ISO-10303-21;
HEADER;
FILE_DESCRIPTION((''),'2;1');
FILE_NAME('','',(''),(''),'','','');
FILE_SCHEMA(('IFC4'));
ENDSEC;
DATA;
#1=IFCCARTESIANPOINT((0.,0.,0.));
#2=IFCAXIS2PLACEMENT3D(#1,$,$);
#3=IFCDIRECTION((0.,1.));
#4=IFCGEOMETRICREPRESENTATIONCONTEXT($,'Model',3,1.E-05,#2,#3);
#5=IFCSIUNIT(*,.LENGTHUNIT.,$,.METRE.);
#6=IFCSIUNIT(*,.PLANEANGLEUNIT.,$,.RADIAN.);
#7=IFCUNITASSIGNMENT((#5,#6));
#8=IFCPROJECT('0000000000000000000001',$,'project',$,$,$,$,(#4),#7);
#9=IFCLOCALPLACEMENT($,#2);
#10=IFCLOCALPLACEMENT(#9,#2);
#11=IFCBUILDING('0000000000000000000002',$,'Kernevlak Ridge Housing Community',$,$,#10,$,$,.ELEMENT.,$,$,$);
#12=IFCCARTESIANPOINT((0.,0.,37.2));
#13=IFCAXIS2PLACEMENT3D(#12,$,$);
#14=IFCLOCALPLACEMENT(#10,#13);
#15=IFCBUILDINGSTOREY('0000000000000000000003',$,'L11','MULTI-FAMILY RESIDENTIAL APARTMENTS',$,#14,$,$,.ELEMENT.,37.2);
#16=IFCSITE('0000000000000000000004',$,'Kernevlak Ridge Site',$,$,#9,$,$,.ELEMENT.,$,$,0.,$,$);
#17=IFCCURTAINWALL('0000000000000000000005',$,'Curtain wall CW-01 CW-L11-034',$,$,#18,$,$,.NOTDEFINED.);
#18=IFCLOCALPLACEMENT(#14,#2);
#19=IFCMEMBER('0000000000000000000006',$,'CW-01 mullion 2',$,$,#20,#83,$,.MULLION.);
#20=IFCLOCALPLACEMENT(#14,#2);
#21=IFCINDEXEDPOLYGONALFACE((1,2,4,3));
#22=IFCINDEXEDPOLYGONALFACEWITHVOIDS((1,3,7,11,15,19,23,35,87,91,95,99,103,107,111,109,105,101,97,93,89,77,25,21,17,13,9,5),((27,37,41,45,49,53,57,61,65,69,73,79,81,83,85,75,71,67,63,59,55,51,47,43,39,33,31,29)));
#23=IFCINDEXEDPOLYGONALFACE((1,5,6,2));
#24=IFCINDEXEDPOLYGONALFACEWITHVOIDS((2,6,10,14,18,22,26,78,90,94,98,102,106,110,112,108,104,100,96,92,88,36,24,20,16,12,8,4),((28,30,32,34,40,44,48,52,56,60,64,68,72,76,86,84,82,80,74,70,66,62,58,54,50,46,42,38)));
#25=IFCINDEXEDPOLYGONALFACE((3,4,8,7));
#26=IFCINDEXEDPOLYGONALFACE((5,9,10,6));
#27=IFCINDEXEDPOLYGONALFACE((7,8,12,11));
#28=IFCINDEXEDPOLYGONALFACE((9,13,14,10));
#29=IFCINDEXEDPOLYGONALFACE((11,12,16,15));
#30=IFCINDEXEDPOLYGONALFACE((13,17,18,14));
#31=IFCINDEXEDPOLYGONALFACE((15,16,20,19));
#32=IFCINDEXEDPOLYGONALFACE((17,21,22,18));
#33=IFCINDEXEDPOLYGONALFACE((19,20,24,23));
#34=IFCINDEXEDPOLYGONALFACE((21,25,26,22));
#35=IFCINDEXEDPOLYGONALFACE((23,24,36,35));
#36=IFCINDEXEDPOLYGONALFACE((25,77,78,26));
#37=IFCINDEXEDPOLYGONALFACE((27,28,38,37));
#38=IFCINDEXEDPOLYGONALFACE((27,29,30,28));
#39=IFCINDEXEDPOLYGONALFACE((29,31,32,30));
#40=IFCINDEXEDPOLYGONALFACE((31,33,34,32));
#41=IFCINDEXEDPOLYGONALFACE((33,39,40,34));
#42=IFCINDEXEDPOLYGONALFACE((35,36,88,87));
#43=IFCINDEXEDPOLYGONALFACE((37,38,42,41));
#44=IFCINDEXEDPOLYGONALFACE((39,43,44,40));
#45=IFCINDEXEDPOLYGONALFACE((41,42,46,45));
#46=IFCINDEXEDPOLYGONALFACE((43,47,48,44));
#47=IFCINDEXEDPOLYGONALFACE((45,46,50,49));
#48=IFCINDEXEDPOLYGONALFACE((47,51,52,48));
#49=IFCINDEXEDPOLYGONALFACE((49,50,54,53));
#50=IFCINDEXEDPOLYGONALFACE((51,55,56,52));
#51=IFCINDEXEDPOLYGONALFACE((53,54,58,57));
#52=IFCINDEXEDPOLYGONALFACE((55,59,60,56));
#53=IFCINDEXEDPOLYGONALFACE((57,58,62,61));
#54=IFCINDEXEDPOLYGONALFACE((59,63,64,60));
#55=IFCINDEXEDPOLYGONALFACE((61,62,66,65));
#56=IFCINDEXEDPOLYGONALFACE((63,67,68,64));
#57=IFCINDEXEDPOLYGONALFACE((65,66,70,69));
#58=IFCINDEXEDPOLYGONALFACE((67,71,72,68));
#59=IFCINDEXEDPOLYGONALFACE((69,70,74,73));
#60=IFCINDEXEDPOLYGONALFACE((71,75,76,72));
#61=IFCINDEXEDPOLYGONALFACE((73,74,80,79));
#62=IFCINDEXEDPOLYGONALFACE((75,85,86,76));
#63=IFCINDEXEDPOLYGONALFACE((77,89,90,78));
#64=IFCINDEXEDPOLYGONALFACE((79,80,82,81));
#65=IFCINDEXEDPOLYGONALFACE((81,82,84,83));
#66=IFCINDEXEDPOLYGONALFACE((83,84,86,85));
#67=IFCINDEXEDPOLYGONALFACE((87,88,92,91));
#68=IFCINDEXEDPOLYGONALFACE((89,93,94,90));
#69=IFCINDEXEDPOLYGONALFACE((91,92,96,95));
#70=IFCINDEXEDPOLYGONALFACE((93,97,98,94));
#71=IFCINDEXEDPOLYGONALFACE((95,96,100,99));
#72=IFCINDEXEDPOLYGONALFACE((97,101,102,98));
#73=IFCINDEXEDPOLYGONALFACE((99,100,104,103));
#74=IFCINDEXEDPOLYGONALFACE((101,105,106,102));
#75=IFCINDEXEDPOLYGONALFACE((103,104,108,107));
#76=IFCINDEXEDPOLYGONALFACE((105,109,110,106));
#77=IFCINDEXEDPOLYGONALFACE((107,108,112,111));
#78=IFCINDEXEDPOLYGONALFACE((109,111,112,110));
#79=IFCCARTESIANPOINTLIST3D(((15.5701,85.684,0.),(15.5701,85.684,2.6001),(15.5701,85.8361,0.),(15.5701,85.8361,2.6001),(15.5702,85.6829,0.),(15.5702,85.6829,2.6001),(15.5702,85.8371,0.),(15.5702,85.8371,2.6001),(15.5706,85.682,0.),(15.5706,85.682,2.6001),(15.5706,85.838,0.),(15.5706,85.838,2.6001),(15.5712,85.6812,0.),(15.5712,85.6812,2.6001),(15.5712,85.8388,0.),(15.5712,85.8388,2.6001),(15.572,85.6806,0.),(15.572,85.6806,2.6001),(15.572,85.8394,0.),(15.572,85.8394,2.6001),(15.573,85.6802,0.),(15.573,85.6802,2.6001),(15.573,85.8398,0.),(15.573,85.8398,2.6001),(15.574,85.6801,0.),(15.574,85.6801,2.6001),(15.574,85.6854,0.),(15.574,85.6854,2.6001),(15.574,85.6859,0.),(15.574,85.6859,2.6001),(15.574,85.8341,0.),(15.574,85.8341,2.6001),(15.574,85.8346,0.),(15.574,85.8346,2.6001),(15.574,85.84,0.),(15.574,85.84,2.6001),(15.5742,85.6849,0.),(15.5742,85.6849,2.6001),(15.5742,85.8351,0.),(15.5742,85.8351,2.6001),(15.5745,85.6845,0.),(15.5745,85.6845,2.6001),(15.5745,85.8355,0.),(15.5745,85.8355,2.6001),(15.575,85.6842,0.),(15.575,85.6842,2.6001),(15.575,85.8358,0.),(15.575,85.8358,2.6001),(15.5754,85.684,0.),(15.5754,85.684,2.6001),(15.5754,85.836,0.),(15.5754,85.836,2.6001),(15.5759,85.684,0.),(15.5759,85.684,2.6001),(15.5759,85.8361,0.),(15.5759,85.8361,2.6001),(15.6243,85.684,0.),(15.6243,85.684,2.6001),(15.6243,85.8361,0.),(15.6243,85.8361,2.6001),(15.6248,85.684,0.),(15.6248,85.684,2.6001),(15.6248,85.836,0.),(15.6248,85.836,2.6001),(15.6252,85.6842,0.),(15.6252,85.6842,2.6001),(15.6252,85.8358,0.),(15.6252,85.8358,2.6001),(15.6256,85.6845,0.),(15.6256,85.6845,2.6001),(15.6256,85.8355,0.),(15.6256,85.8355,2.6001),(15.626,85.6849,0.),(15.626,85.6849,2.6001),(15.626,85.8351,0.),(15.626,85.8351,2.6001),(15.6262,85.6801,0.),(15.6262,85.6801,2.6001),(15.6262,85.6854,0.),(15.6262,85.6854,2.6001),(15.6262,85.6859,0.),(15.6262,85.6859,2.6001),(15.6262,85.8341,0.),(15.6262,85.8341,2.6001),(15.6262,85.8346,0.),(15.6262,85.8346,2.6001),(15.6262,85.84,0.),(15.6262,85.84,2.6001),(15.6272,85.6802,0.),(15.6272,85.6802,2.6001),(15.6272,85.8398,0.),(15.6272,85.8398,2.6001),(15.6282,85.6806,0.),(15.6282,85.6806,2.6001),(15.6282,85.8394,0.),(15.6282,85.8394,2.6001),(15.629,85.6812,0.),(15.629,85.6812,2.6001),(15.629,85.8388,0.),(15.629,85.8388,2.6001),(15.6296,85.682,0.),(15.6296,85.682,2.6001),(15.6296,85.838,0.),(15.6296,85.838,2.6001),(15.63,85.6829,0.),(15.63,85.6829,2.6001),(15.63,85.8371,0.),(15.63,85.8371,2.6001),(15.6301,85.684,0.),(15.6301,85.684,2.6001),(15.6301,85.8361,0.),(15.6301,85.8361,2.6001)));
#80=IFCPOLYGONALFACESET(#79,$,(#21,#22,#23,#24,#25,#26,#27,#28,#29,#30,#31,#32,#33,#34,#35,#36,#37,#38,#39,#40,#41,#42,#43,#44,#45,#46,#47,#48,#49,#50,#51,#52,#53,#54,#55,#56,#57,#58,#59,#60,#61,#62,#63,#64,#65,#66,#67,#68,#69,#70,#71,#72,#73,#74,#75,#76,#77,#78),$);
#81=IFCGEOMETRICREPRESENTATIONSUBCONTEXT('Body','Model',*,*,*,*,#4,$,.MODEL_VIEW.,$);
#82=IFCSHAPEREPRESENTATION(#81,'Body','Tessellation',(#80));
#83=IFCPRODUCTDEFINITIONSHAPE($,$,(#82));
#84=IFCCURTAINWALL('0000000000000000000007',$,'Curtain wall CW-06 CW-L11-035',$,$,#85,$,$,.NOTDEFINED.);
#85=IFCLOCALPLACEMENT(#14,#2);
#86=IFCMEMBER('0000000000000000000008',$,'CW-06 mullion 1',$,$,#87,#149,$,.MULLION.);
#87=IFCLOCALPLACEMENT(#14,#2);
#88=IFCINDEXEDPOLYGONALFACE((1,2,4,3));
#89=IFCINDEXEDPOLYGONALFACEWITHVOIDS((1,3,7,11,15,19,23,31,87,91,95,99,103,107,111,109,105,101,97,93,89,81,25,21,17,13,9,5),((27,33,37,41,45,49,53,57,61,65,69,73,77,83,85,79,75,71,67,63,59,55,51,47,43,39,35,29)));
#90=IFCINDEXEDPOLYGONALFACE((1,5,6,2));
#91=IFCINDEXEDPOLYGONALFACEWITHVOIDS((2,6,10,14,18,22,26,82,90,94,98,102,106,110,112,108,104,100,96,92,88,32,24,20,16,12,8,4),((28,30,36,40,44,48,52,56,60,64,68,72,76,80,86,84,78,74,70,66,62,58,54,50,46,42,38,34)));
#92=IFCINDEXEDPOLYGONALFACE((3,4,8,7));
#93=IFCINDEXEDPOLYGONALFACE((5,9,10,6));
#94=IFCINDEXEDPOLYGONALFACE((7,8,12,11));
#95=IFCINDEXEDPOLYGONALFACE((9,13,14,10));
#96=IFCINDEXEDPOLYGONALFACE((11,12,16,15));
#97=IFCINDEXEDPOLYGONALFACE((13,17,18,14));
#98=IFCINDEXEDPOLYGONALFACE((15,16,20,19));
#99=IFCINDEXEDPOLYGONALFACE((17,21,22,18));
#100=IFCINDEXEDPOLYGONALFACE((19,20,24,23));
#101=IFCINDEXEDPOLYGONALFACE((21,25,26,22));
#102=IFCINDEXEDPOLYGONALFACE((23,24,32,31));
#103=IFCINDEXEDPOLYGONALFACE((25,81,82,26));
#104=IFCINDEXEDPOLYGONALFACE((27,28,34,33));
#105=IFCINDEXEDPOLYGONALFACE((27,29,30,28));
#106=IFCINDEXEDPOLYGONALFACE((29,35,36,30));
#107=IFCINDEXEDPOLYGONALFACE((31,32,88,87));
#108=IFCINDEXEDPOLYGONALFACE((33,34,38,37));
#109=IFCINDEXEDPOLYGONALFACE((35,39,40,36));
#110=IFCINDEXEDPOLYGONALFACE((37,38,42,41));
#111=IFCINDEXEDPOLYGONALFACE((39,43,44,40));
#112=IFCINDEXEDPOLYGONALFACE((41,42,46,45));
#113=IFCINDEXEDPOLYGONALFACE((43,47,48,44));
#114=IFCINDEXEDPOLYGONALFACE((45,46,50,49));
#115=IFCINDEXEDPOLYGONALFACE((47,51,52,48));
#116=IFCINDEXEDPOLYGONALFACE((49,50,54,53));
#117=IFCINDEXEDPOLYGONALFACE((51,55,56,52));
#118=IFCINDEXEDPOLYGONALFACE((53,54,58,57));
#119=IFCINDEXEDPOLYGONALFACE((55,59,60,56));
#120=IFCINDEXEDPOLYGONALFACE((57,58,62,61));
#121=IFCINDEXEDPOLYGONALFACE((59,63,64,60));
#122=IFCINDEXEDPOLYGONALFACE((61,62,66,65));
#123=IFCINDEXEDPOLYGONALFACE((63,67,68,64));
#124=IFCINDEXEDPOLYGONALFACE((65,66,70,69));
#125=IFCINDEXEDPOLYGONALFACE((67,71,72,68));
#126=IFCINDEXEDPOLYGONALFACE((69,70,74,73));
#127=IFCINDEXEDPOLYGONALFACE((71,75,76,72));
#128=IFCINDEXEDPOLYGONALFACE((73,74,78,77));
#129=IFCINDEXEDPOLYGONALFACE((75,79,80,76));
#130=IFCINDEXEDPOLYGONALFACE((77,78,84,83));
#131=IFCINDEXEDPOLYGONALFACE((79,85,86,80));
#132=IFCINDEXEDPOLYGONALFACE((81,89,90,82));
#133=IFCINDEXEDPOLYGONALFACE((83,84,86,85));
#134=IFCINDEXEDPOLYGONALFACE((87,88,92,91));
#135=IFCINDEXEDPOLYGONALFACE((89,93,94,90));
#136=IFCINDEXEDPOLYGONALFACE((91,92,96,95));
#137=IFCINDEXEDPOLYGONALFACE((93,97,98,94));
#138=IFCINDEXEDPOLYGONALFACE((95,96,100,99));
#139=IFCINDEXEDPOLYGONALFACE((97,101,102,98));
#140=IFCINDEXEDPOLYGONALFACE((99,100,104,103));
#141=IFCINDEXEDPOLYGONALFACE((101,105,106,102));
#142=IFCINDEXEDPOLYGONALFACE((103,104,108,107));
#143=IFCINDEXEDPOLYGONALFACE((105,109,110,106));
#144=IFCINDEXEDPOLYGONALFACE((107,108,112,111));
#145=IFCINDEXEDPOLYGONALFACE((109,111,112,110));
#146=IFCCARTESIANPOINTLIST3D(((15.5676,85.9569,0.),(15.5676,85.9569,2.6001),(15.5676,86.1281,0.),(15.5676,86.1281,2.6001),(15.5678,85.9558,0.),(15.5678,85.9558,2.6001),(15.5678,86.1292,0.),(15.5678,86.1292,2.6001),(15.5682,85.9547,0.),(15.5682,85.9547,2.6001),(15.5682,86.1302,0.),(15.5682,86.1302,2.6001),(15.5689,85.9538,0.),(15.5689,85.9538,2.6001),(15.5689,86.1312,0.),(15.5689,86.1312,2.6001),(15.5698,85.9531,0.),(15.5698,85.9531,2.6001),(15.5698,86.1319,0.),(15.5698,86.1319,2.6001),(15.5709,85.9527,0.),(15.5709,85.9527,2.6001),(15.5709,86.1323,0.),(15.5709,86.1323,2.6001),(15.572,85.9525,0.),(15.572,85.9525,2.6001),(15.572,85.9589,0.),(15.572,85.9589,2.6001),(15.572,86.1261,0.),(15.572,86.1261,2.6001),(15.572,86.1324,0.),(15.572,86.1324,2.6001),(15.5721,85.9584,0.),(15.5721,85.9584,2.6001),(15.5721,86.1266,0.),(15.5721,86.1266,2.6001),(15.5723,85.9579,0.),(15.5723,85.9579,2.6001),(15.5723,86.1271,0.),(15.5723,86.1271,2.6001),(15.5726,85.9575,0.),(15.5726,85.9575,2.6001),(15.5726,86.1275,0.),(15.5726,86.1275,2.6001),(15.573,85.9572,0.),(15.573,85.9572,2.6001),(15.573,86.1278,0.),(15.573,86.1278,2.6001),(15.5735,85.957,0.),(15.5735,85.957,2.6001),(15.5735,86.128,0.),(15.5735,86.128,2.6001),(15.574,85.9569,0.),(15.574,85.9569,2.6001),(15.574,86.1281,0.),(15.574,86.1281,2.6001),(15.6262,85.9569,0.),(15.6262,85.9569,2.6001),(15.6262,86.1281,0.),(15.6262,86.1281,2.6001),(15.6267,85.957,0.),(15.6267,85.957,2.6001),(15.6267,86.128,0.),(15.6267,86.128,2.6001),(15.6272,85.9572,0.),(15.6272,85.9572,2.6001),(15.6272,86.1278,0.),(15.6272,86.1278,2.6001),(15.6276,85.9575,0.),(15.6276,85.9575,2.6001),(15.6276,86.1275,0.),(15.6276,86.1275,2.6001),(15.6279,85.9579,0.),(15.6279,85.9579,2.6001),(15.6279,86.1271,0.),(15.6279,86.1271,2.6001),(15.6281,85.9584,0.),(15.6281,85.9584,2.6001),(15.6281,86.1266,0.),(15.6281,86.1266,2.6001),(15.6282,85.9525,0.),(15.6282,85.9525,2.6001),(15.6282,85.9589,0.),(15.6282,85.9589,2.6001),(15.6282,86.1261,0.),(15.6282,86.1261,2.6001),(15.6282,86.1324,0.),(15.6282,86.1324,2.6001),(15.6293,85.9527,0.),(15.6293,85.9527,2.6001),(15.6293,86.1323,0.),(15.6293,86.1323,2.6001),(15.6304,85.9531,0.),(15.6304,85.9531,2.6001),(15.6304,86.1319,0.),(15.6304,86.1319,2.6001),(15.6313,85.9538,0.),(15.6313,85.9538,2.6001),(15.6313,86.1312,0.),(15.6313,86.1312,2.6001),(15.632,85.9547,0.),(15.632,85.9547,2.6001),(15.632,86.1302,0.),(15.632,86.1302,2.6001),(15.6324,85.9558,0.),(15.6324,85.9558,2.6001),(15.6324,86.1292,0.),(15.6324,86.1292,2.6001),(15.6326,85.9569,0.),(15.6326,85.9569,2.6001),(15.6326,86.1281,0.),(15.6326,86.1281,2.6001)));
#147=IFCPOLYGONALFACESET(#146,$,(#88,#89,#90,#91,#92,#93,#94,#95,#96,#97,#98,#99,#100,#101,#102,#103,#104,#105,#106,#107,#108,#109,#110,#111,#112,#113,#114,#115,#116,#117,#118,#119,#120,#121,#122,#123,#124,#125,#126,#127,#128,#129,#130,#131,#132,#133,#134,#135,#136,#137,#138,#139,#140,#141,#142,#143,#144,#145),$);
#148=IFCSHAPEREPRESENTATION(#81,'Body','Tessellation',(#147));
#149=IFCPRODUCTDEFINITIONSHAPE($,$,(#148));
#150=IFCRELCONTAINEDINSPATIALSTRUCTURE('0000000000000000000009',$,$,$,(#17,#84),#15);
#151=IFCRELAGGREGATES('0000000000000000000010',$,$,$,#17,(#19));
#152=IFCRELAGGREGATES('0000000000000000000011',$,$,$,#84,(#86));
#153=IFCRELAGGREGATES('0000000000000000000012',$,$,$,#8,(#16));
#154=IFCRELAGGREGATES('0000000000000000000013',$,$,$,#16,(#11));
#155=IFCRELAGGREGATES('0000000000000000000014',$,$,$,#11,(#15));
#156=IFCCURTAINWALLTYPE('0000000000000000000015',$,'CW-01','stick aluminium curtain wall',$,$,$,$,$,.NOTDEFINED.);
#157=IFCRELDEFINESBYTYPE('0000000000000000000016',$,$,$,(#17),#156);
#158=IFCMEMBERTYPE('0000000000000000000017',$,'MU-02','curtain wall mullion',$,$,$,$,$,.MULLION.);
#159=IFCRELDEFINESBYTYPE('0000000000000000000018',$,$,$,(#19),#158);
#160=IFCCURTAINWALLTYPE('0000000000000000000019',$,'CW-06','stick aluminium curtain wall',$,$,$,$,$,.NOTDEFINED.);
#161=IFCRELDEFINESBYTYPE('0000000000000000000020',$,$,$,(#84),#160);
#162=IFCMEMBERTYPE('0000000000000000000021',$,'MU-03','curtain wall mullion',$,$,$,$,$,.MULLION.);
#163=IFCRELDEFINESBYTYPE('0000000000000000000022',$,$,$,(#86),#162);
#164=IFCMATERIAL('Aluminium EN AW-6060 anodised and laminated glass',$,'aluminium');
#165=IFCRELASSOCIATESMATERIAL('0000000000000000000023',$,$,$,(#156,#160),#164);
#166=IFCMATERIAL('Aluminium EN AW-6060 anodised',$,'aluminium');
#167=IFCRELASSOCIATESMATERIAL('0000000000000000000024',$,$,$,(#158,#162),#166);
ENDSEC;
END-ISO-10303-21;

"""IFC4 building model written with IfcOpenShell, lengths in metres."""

from ifc_helpers import new_model, si_unit, direction, frame, origin, origin_2d, place, context, subcontext, project, spatial, hollow_rectangle, extrude, material, material_profile, profile_set, type_object, element, aggregate, save


model = new_model("IFC4")

# Units and contexts
model_context = context("Model", 3, precision=1e-05, world=origin(), true_north=direction((0.0, 1.0)))
body_context = subcontext(model_context, "Body", "Model", "MODEL_VIEW")
ifc_project = project(units=[si_unit("LENGTHUNIT", "METRE"), si_unit("PLANEANGLEUNIT", "RADIAN")], contexts=[model_context])

# Site, building, storey
site_placement = place(None, origin())
site = spatial("IfcSite", under=ifc_project, at=site_placement, Name="Kernevlak Ridge Site", CompositionType="ELEMENT", RefElevation=0.0)
building_placement = place(site_placement, origin())
building = spatial("IfcBuilding", under=site, at=building_placement, Name="Kernevlak Ridge Housing Community", CompositionType="ELEMENT")
storey_placement = place(building_placement, frame((0.0, 0.0, 37.2)))
storey = spatial("IfcBuildingStorey", under=building, at=storey_placement, Name="L11", Description="MULTI-FAMILY RESIDENTIAL APARTMENTS", CompositionType="ELEMENT", Elevation=37.2)

# Curtain wall, member
ifc_material_1 = material(Name="Aluminium EN AW-6060 anodised and laminated glass", Category="aluminium")
curtain_wall_type_1 = type_object("IfcCurtainWallType", Name="CW-01", Description="stick aluminium curtain wall", PredefinedType="NOTDEFINED", material=ifc_material_1)
curtain_wall_1_placement = place(storey_placement, origin())
curtain_wall_1 = element("IfcCurtainWall", 1, at=curtain_wall_1_placement, inside=storey, type_object=curtain_wall_type_1, Name="Curtain wall CW-01 CW-L11-034", PredefinedType="NOTDEFINED")
ifc_material_2 = material(Name="Aluminium EN AW-6060 anodised", Category="aluminium")
ifc_material_profile_1 = material_profile(ifc_material_2, hollow_rectangle(XDim=0.0601, YDim=0.1599, WallThickness=0.0039, InnerFilletRadius=0.002, OuterFilletRadius=0.0039, at=origin_2d()), Name="ALU 60x160x4")
ifc_profile_set_1 = profile_set([ifc_material_profile_1], Name="Aluminium EN AW-6060 anodised")
member_type_1 = type_object("IfcMemberType", Name="MU-02", Description="curtain wall mullion", PredefinedType="MULLION", material=ifc_profile_set_1)
member_1_placement = place(storey_placement, frame((15.6001, 85.76, 0.0), z_axis=(0.0, 0.0, 1.0), x_axis=(-1.0, 0.0, 0.0)))
member_1 = element("IfcMember", 2, at=member_1_placement, type_object=member_type_1, Name="CW-01 mullion 2", PredefinedType="MULLION", context=body_context, shape_type="SweptSolid", body=[
    extrude(hollow_rectangle(XDim=0.0601, YDim=0.1599, WallThickness=0.0039, InnerFilletRadius=0.002, OuterFilletRadius=0.0039, at=origin_2d()), origin(), (0.0, 0.0, 1.0), 2.6001),
])

# Curtain wall, member
curtain_wall_type_2 = type_object("IfcCurtainWallType", Name="CW-06", Description="stick aluminium curtain wall", PredefinedType="NOTDEFINED", material=ifc_material_1)
curtain_wall_2_placement = place(storey_placement, origin())
curtain_wall_2 = element("IfcCurtainWall", 3, at=curtain_wall_2_placement, inside=storey, type_object=curtain_wall_type_2, Name="Curtain wall CW-06 CW-L11-035", PredefinedType="NOTDEFINED")
ifc_material_profile_2 = material_profile(ifc_material_2, hollow_rectangle(XDim=0.0649, YDim=0.1799, WallThickness=0.0044, InnerFilletRadius=0.002, OuterFilletRadius=0.0044, at=origin_2d()), Name="ALU 65x180x4.5")
ifc_profile_set_2 = profile_set([ifc_material_profile_2], Name="Aluminium EN AW-6060 anodised")
member_type_2 = type_object("IfcMemberType", Name="MU-03", Description="curtain wall mullion", PredefinedType="MULLION", material=ifc_profile_set_2)
member_2_placement = place(storey_placement, frame((15.6001, 86.0425, 0.0), z_axis=(0.0, 0.0, 1.0), x_axis=(-1.0, 0.0, 0.0)))
member_2 = element("IfcMember", 4, at=member_2_placement, type_object=member_type_2, Name="CW-06 mullion 1", PredefinedType="MULLION", context=body_context, shape_type="SweptSolid", body=[
    extrude(hollow_rectangle(XDim=0.0649, YDim=0.1799, WallThickness=0.0044, InnerFilletRadius=0.002, OuterFilletRadius=0.0044, at=origin_2d()), origin(), (0.0, 0.0, 1.0), 2.6001),
])

aggregate(curtain_wall_1, [member_1])
aggregate(curtain_wall_2, [member_2])

save(model, "model.ifc")
